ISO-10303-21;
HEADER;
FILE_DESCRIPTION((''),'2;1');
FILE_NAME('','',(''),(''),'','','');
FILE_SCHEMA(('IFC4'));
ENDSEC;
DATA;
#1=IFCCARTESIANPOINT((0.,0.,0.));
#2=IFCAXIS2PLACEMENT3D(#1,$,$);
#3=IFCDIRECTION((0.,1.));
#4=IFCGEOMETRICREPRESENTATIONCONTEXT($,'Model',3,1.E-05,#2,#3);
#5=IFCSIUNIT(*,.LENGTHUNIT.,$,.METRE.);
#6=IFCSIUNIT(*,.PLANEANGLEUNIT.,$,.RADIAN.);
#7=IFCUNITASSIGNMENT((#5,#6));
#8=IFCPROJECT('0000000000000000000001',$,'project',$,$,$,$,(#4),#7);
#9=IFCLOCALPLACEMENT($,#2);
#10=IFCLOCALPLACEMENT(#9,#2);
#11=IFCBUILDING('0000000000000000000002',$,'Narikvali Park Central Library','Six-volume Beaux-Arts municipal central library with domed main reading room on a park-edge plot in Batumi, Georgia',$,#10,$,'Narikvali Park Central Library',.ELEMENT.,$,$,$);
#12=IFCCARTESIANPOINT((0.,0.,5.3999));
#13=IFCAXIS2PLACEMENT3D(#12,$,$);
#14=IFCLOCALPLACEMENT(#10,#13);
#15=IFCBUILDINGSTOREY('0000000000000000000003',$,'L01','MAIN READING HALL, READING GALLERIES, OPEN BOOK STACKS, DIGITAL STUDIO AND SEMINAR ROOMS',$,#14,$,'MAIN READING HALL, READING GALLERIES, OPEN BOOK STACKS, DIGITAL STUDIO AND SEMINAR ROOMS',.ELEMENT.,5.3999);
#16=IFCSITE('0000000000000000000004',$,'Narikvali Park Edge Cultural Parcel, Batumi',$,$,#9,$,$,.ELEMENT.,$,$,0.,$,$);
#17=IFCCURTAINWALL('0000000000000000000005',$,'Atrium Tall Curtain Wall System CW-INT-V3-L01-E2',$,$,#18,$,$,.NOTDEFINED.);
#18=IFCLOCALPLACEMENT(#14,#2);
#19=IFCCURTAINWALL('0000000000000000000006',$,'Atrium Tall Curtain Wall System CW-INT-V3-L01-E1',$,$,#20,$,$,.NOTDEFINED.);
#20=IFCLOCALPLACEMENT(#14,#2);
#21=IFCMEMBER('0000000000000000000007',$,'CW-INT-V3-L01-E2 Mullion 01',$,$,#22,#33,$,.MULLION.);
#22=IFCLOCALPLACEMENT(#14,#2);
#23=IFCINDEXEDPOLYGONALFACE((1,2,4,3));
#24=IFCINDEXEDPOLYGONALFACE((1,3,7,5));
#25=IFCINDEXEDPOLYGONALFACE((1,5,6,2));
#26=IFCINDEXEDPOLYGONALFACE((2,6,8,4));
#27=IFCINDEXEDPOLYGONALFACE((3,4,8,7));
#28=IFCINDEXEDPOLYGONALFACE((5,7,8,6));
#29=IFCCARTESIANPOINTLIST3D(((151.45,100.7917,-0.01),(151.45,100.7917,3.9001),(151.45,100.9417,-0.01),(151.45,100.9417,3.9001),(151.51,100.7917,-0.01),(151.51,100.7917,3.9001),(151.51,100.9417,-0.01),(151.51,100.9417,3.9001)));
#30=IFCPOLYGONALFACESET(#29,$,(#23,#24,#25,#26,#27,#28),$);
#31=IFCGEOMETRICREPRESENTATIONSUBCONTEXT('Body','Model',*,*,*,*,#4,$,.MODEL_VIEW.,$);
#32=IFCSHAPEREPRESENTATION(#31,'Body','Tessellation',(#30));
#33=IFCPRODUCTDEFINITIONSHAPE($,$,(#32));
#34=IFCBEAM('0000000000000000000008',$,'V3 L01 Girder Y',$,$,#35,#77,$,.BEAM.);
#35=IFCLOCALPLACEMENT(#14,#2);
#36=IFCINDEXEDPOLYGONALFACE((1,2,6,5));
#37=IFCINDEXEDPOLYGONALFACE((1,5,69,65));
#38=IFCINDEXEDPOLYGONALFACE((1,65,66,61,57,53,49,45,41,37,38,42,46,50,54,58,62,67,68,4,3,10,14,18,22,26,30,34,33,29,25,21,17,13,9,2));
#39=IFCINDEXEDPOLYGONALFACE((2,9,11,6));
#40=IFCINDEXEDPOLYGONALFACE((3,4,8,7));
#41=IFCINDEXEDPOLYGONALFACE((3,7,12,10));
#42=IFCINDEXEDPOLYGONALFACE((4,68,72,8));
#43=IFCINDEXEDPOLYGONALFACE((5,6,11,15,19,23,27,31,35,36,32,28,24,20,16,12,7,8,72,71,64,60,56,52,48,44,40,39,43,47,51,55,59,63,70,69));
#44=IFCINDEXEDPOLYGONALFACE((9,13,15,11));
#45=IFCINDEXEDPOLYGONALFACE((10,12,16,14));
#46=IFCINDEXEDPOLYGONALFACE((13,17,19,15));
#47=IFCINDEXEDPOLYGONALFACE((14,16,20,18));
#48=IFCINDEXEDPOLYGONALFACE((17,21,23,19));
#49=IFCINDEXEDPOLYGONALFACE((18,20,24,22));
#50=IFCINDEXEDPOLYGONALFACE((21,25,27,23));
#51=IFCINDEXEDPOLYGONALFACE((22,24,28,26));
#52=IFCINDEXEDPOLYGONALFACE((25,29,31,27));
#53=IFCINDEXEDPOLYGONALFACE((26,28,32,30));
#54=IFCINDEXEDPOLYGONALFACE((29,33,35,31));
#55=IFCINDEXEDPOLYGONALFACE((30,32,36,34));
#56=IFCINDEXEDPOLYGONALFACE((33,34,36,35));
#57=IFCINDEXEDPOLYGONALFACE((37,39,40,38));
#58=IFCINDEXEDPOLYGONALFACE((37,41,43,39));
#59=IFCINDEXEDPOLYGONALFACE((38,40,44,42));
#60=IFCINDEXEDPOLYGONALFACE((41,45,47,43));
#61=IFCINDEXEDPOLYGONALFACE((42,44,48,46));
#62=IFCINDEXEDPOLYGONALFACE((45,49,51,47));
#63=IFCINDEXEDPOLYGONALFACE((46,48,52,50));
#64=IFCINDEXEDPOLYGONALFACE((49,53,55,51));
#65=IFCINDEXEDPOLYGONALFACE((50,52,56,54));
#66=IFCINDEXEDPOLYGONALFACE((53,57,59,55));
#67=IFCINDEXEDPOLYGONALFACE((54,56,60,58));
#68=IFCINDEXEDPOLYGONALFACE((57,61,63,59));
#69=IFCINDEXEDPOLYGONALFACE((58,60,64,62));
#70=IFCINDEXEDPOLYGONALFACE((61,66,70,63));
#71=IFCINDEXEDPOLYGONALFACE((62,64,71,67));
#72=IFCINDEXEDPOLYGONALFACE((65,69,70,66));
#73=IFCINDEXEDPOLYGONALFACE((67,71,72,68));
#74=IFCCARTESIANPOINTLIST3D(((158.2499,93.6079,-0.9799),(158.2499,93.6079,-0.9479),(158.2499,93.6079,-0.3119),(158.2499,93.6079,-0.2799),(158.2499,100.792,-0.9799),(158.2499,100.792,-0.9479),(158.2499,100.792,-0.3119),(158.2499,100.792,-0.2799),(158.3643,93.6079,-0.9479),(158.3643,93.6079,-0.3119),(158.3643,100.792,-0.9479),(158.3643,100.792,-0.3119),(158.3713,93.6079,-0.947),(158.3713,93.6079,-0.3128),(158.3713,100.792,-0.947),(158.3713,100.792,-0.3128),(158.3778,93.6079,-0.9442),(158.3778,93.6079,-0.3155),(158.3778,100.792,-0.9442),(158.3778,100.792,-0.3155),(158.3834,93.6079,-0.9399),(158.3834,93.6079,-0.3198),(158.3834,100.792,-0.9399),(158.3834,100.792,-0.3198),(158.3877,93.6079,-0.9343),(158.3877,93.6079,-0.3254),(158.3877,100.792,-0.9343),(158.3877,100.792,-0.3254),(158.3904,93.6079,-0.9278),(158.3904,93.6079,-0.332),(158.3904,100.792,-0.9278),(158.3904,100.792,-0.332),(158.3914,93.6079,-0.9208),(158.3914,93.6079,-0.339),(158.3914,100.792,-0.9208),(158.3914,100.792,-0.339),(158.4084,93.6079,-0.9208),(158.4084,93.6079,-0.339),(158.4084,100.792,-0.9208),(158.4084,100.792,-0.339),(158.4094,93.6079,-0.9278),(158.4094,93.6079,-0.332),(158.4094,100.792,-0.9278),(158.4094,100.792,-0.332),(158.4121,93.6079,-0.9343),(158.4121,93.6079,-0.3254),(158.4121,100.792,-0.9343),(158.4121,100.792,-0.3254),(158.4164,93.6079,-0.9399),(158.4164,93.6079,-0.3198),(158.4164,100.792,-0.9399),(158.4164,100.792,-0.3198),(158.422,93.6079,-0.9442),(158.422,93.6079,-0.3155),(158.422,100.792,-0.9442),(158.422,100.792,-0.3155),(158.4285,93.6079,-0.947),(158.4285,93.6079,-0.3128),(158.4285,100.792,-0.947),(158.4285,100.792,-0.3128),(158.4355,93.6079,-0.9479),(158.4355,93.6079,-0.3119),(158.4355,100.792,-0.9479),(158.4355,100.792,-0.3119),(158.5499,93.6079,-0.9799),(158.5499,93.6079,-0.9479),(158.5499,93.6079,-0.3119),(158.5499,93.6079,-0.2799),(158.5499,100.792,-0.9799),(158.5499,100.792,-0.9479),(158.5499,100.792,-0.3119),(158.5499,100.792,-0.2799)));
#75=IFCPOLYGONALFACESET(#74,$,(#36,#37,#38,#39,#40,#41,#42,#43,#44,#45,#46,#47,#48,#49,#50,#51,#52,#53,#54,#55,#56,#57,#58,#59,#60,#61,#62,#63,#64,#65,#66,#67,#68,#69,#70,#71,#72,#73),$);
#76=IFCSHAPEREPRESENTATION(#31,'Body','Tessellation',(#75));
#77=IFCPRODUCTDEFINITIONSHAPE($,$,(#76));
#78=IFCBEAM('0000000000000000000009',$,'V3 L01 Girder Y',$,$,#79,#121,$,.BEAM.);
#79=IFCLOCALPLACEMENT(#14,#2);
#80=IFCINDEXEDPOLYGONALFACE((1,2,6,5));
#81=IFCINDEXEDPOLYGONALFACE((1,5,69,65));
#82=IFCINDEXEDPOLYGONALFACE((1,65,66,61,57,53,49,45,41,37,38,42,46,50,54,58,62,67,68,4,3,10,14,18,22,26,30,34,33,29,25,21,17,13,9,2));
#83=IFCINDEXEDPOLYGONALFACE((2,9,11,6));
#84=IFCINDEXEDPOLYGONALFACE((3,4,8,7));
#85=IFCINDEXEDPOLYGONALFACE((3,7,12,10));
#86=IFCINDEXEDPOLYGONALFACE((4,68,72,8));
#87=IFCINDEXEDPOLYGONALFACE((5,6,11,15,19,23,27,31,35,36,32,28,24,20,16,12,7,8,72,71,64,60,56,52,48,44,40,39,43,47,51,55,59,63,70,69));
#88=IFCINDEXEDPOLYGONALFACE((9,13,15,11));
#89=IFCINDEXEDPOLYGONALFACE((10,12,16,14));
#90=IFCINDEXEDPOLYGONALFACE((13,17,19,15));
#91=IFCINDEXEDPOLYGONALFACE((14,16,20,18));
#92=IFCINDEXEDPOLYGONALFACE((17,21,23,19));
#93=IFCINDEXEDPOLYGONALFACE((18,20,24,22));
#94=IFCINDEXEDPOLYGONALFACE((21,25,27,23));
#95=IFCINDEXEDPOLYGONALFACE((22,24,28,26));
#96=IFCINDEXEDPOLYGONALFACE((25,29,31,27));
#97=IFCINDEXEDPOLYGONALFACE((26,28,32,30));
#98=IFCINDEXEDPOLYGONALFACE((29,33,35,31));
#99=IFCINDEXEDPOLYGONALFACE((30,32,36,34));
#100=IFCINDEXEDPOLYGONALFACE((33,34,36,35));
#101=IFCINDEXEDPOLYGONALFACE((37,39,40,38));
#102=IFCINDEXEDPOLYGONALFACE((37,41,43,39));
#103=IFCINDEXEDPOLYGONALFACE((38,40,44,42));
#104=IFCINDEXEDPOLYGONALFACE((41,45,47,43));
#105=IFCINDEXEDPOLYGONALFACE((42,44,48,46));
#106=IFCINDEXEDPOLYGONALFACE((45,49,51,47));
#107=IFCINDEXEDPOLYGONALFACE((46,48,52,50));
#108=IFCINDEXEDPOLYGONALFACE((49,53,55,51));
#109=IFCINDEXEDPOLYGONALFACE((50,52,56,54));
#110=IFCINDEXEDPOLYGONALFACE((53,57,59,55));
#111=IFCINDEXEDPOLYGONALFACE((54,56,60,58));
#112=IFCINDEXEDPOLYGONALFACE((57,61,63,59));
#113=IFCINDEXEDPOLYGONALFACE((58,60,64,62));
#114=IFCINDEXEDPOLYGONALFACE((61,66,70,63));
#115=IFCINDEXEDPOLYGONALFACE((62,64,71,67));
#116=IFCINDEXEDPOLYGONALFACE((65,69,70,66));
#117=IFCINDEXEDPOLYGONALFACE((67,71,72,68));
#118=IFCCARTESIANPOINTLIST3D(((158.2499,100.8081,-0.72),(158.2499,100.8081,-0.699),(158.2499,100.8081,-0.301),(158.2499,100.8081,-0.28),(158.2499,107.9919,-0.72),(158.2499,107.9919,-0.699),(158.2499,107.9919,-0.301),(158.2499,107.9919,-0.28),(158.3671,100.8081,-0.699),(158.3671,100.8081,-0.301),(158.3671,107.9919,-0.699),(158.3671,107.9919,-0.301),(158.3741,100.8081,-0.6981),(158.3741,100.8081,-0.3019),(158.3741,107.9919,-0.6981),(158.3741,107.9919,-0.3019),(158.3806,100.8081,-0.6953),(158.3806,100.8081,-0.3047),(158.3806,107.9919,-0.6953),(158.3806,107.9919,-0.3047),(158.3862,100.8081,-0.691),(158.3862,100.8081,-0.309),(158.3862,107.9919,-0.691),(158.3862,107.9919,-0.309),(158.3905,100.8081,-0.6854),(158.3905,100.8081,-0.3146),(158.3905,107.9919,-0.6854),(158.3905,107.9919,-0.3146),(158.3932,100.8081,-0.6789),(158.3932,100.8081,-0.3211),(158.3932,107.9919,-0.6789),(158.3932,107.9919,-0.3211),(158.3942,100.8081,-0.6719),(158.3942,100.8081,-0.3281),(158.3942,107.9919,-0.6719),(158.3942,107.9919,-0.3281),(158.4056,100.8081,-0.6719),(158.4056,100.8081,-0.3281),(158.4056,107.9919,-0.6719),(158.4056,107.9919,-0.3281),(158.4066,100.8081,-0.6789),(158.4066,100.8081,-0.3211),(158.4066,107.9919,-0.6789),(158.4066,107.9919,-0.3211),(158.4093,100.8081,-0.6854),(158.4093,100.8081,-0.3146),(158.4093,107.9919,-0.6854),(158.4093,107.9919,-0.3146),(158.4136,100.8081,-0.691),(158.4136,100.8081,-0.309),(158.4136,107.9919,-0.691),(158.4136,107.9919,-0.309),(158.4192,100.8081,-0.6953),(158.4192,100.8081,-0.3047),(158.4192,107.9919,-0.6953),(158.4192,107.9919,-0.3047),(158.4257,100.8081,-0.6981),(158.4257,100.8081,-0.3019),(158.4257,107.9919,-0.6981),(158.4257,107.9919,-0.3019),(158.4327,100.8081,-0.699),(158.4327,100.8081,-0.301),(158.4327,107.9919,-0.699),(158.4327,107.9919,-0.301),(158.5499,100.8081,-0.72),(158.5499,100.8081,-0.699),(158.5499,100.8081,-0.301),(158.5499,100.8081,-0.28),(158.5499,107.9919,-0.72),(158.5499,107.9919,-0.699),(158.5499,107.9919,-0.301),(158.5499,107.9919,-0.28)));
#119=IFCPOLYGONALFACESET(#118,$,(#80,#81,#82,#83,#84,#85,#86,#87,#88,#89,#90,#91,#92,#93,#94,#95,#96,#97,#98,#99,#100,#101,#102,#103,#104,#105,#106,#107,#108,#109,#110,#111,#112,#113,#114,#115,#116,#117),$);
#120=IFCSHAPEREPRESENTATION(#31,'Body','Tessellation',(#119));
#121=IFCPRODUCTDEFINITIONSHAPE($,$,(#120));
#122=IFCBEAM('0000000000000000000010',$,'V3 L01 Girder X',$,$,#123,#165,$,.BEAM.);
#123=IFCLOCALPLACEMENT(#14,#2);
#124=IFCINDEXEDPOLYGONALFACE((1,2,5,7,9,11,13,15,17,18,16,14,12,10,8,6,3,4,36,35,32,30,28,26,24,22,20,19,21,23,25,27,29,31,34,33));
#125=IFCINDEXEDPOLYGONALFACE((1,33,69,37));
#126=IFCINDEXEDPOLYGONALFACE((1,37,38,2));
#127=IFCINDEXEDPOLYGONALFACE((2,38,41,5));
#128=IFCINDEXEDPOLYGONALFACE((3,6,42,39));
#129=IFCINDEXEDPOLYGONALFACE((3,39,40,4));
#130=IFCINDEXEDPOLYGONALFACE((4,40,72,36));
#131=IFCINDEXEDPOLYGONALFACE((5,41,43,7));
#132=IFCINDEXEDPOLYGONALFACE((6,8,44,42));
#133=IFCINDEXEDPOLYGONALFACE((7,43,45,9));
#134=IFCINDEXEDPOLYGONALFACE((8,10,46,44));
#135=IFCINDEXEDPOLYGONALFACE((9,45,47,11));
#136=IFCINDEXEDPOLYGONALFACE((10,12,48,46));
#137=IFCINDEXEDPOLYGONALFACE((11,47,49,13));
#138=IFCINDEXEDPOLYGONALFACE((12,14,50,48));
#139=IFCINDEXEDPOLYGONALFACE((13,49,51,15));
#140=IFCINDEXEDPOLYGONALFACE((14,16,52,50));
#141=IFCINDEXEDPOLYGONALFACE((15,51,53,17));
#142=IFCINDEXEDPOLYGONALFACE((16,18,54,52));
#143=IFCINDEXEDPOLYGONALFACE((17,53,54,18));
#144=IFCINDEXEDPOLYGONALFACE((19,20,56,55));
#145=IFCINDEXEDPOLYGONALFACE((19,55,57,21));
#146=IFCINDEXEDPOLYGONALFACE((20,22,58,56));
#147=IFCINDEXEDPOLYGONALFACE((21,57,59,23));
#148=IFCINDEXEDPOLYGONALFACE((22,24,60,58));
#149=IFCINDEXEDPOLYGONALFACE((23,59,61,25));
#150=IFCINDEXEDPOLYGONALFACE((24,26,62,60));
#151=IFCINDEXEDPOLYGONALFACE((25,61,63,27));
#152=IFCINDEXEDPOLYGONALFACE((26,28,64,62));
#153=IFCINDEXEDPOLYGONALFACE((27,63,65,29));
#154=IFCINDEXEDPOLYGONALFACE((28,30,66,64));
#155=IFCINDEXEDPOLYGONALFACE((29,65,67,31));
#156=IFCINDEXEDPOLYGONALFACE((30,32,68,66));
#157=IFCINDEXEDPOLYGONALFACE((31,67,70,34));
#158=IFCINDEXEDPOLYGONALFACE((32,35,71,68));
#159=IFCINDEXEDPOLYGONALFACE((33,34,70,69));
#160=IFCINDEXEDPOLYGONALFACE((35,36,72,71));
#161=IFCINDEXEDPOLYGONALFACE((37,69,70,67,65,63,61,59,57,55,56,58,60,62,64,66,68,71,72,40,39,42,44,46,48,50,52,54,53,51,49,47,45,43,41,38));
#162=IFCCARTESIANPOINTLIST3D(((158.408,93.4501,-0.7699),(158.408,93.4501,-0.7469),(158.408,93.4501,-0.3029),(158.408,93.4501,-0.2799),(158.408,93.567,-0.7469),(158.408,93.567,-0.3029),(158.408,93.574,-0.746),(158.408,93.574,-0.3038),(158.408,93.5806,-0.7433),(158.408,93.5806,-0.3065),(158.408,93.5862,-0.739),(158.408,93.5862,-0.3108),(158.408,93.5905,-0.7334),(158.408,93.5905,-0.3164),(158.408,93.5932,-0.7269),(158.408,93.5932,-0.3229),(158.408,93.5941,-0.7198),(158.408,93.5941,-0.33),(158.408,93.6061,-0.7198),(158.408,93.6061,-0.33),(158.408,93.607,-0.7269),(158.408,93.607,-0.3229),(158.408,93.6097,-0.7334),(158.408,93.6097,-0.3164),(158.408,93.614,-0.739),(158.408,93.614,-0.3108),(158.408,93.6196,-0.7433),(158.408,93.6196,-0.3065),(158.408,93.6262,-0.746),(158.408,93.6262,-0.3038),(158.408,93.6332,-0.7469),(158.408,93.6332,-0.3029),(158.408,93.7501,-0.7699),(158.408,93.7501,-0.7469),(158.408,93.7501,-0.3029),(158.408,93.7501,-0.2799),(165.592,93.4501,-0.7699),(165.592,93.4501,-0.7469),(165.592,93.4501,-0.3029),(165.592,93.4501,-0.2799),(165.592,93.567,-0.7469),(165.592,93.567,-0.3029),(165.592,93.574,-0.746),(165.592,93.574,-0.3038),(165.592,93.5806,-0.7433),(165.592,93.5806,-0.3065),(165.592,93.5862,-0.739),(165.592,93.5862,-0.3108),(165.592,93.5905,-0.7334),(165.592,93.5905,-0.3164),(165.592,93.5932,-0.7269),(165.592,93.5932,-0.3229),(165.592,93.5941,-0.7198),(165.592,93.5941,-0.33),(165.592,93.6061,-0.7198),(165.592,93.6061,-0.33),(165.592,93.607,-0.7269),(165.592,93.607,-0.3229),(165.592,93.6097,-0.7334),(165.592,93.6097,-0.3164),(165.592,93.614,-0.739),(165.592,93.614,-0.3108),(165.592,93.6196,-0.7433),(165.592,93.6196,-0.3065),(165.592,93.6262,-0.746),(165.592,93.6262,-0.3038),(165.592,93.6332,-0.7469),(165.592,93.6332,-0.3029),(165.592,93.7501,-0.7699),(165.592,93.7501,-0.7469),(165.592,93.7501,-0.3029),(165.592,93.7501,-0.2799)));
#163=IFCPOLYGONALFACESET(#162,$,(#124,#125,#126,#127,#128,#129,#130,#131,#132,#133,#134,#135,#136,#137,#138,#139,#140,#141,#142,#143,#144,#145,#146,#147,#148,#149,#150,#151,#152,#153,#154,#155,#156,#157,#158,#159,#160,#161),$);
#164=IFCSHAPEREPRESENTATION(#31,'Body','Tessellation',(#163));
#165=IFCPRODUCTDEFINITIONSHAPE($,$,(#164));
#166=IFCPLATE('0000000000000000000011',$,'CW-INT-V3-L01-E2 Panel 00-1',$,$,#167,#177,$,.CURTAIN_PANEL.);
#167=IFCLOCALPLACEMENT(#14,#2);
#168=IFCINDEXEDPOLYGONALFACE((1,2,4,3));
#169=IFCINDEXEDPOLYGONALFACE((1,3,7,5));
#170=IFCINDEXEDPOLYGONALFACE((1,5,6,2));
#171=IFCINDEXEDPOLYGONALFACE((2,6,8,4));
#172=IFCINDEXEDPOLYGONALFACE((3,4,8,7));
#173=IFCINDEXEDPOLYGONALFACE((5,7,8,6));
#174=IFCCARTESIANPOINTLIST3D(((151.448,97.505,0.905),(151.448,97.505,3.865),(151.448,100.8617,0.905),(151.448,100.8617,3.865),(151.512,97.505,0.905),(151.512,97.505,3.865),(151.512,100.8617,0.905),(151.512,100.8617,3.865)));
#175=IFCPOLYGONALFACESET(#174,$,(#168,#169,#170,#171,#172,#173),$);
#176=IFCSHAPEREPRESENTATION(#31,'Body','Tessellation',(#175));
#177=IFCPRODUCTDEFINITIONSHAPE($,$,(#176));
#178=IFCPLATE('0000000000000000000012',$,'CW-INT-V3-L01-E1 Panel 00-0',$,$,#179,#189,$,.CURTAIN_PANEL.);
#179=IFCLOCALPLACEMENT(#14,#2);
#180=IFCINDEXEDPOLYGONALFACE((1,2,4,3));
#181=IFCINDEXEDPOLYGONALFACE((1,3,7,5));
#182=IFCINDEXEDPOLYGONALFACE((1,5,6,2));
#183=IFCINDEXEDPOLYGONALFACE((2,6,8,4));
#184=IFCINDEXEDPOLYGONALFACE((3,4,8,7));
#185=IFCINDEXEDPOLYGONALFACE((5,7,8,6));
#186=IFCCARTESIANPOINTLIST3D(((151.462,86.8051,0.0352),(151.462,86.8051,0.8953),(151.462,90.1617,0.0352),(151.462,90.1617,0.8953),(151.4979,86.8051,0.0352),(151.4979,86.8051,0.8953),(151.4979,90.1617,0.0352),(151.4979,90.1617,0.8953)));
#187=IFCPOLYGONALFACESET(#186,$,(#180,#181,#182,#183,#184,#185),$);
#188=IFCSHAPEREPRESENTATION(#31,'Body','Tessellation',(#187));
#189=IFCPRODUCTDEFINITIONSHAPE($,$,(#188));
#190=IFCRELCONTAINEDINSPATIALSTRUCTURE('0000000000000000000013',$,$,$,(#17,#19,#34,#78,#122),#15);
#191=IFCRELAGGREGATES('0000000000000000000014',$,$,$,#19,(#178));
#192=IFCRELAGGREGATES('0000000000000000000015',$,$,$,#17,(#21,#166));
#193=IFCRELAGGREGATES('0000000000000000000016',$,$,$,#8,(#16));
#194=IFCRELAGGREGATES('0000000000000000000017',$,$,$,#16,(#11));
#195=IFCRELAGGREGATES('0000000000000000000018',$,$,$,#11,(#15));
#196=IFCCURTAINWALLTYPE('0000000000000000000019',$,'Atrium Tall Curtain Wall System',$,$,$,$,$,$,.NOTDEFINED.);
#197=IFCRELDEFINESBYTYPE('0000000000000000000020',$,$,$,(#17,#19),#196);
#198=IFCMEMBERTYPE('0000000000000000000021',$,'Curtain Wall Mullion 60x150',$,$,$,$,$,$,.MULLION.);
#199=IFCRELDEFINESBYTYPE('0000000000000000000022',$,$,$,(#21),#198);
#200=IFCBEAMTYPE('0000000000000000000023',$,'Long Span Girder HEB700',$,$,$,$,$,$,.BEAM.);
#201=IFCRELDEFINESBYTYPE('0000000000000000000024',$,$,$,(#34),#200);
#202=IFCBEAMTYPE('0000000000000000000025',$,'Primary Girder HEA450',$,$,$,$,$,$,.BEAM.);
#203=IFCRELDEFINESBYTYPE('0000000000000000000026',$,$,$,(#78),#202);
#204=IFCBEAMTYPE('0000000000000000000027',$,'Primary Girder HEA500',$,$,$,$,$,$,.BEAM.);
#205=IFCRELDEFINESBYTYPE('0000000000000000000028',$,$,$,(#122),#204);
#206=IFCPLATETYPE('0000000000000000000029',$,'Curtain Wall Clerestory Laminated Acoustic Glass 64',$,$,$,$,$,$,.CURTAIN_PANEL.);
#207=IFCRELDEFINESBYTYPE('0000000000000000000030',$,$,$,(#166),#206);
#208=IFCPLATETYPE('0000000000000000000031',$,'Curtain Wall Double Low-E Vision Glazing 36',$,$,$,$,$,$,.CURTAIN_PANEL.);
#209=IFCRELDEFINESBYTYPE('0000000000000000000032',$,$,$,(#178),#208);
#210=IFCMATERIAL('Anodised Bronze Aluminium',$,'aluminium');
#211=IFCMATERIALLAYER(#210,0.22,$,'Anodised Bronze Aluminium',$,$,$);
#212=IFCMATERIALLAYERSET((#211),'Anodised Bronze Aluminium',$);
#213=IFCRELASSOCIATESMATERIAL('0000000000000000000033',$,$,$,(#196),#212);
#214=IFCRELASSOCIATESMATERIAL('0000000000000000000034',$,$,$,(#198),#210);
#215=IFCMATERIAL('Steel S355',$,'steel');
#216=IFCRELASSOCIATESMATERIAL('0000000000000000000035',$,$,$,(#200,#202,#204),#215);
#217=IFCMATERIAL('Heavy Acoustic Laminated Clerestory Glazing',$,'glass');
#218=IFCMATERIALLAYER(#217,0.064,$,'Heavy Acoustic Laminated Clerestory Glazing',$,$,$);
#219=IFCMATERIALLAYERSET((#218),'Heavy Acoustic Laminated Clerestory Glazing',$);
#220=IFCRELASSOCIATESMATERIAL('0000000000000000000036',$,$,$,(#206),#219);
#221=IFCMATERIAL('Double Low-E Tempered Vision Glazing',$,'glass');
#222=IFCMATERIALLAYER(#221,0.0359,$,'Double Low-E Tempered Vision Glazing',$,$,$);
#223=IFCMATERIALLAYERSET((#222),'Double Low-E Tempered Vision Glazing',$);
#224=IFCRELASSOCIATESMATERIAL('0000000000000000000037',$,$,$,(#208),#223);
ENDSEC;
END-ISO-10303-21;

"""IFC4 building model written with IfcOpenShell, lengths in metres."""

from ifc_helpers import new_model, si_unit, direction, frame, origin, origin_2d, place, context, subcontext, project, spatial, rectangle, i_section, extrude, material, layer, layer_set, material_profile, profile_set, type_object, element, aggregate, save


model = new_model("IFC4")

# Units and contexts
model_context = context("Model", 3, precision=1e-05, world=origin(), true_north=direction((0.0, 1.0)))
body_context = subcontext(model_context, "Body", "Model", "MODEL_VIEW")
ifc_project = project(units=[si_unit("LENGTHUNIT", "METRE"), si_unit("PLANEANGLEUNIT", "RADIAN")], contexts=[model_context])

# Site, building, storey
site_placement = place(None, origin())
site = spatial("IfcSite", under=ifc_project, at=site_placement, Name="Narikvali Park Edge Cultural Parcel, Batumi", CompositionType="ELEMENT", RefElevation=0.0)
building_placement = place(site_placement, origin())
building = spatial("IfcBuilding", under=site, at=building_placement, Name="Narikvali Park Central Library", Description="Six-volume Beaux-Arts municipal central library with domed main reading room on a park-edge plot in Batumi, Georgia", LongName="Narikvali Park Central Library", CompositionType="ELEMENT")
storey_placement = place(building_placement, frame((0.0, 0.0, 5.3999)))
storey = spatial("IfcBuildingStorey", under=building, at=storey_placement, Name="L01", Description="MAIN READING HALL, READING GALLERIES, OPEN BOOK STACKS, DIGITAL STUDIO AND SEMINAR ROOMS", LongName="MAIN READING HALL, READING GALLERIES, OPEN BOOK STACKS, DIGITAL STUDIO AND SEMINAR ROOMS", CompositionType="ELEMENT", Elevation=5.3999)

# Shared definitions
ifc_material_1 = material(Name="Steel S355", Category="steel")

# Curtain walls
ifc_material_2 = material(Name="Anodised Bronze Aluminium", Category="aluminium")
ifc_layer_1 = layer(ifc_material_2, 0.22, Name="Anodised Bronze Aluminium")
ifc_layer_set_1 = layer_set([ifc_layer_1], Name="Anodised Bronze Aluminium")
curtain_wall_type = type_object("IfcCurtainWallType", Name="Atrium Tall Curtain Wall System", PredefinedType="NOTDEFINED", material=ifc_layer_set_1)
curtain_wall_1_placement = place(storey_placement, origin())
curtain_wall_1 = element("IfcCurtainWall", 1, at=curtain_wall_1_placement, inside=storey, type_object=curtain_wall_type, Name="Atrium Tall Curtain Wall System CW-INT-V3-L01-E2", PredefinedType="NOTDEFINED")
curtain_wall_2_placement = place(storey_placement, origin())
curtain_wall_2 = element("IfcCurtainWall", 2, at=curtain_wall_2_placement, inside=storey, type_object=curtain_wall_type, Name="Atrium Tall Curtain Wall System CW-INT-V3-L01-E1", PredefinedType="NOTDEFINED")
ifc_material_profile_1 = material_profile(ifc_material_2, rectangle(XDim=0.0601, YDim=0.1499, at=origin_2d()), Name="CW MULLION 60x150")
ifc_profile_set_1 = profile_set([ifc_material_profile_1], Name="Anodised Bronze Aluminium")
member_type_1 = type_object("IfcMemberType", Name="Curtain Wall Mullion 60x150", PredefinedType="MULLION", material=ifc_profile_set_1)

# Member
member_1_placement = place(storey_placement, frame((151.48, 100.8667, -0.01), z_axis=(0.0, 0.0, 1.0), x_axis=(1.0, 0.0, 0.0)))
member_1 = element("IfcMember", 3, at=member_1_placement, type_object=member_type_1, Name="CW-INT-V3-L01-E2 Mullion 01", PredefinedType="MULLION", context=body_context, shape_type="SweptSolid", body=[
    extrude(rectangle(XDim=0.0601, YDim=0.1499, at=origin_2d()), origin(), (0.0, 0.0, 1.0), 3.9102),
])

# Beams
ifc_material_profile_2 = material_profile(ifc_material_1, i_section(OverallWidth=0.3, OverallDepth=0.7, WebThickness=0.0171, FlangeThickness=0.032, FilletRadius=0.0271, at=origin_2d()), Name="HEB 700")
ifc_profile_set_2 = profile_set([ifc_material_profile_2], Name="Steel S355")
beam_type_1 = type_object("IfcBeamType", Name="Long Span Girder HEB700", PredefinedType="BEAM", material=ifc_profile_set_2)
beam_1_placement = place(storey_placement, frame((158.3999, 93.6079, -0.6299), z_axis=(0.0, 1.0, 0.0), x_axis=(-1.0, 0.0, 0.0)))
element("IfcBeam", 4, at=beam_1_placement, inside=storey, type_object=beam_type_1, Name="V3 L01 Girder Y", PredefinedType="BEAM", context=body_context, shape_type="SweptSolid", body=[
    extrude(i_section(OverallWidth=0.3, OverallDepth=0.7, WebThickness=0.0171, FlangeThickness=0.032, FilletRadius=0.0271, at=origin_2d()), origin(), (0.0, 0.0, 1.0), 7.1841),
])
ifc_material_profile_3 = material_profile(ifc_material_1, i_section(OverallWidth=0.3, OverallDepth=0.4399, WebThickness=0.0115, FlangeThickness=0.021, FilletRadius=0.0271, at=origin_2d()), Name="HEA 450")
ifc_profile_set_3 = profile_set([ifc_material_profile_3], Name="Steel S355")
beam_type_2 = type_object("IfcBeamType", Name="Primary Girder HEA450", PredefinedType="BEAM", material=ifc_profile_set_3)
beam_2_placement = place(storey_placement, frame((158.3999, 100.8081, -0.5), z_axis=(0.0, 1.0, 0.0), x_axis=(-1.0, 0.0, 0.0)))
element("IfcBeam", 5, at=beam_2_placement, inside=storey, type_object=beam_type_2, Name="V3 L01 Girder Y", PredefinedType="BEAM", context=body_context, shape_type="SweptSolid", body=[
    extrude(i_section(OverallWidth=0.3, OverallDepth=0.4399, WebThickness=0.0115, FlangeThickness=0.021, FilletRadius=0.0271, at=origin_2d()), origin(), (0.0, 0.0, 1.0), 7.1838),
])
ifc_material_profile_4 = material_profile(ifc_material_1, i_section(OverallWidth=0.3, OverallDepth=0.49, WebThickness=0.012, FlangeThickness=0.0229, FilletRadius=0.0271, at=origin_2d()), Name="HEA 500")
ifc_profile_set_4 = profile_set([ifc_material_profile_4], Name="Steel S355")
beam_type_3 = type_object("IfcBeamType", Name="Primary Girder HEA500", PredefinedType="BEAM", material=ifc_profile_set_4)
beam_3_placement = place(storey_placement, frame((158.408, 93.6001, -0.5249), z_axis=(1.0, 0.0, 0.0), x_axis=(0.0, 1.0, 0.0)))
element("IfcBeam", 6, at=beam_3_placement, inside=storey, type_object=beam_type_3, Name="V3 L01 Girder X", PredefinedType="BEAM", context=body_context, shape_type="SweptSolid", body=[
    extrude(i_section(OverallWidth=0.3, OverallDepth=0.49, WebThickness=0.012, FlangeThickness=0.0229, FilletRadius=0.0271, at=origin_2d()), origin(), (0.0, 0.0, 1.0), 7.1841),
])

# Plates
ifc_material_3 = material(Name="Heavy Acoustic Laminated Clerestory Glazing", Category="glass")
ifc_layer_2 = layer(ifc_material_3, 0.064, Name="Heavy Acoustic Laminated Clerestory Glazing")
ifc_layer_set_2 = layer_set([ifc_layer_2], Name="Heavy Acoustic Laminated Clerestory Glazing")
plate_type_1 = type_object("IfcPlateType", Name="Curtain Wall Clerestory Laminated Acoustic Glass 64", PredefinedType="CURTAIN_PANEL", material=ifc_layer_set_2)
plate_1_placement = place(storey_placement, frame((151.48, 99.1833, 0.905), z_axis=(0.0, 0.0, 1.0), x_axis=(0.0, 1.0, 0.0)))
plate_1 = element("IfcPlate", 7, at=plate_1_placement, type_object=plate_type_1, Name="CW-INT-V3-L01-E2 Panel 00-1", PredefinedType="CURTAIN_PANEL", context=body_context, shape_type="SweptSolid", body=[
    extrude(rectangle(XDim=3.3567, YDim=0.064, at=origin_2d()), origin(), (0.0, 0.0, 1.0), 2.96),
])
ifc_material_4 = material(Name="Double Low-E Tempered Vision Glazing", Category="glass")
ifc_layer_3 = layer(ifc_material_4, 0.0359, Name="Double Low-E Tempered Vision Glazing")
ifc_layer_set_3 = layer_set([ifc_layer_3], Name="Double Low-E Tempered Vision Glazing")
plate_type_2 = type_object("IfcPlateType", Name="Curtain Wall Double Low-E Vision Glazing 36", PredefinedType="CURTAIN_PANEL", material=ifc_layer_set_3)
plate_2_placement = place(storey_placement, frame((151.48, 88.4834, 0.0352), z_axis=(0.0, 0.0, 1.0), x_axis=(0.0, 1.0, 0.0)))
plate_2 = element("IfcPlate", 8, at=plate_2_placement, type_object=plate_type_2, Name="CW-INT-V3-L01-E1 Panel 00-0", PredefinedType="CURTAIN_PANEL", context=body_context, shape_type="SweptSolid", body=[
    extrude(rectangle(XDim=3.3567, YDim=0.0359, at=origin_2d()), origin(), (0.0, 0.0, 1.0), 0.8601),
])
aggregate(curtain_wall_2, [plate_2])
aggregate(curtain_wall_1, [member_1, plate_1])

save(model, "model.ifc")
